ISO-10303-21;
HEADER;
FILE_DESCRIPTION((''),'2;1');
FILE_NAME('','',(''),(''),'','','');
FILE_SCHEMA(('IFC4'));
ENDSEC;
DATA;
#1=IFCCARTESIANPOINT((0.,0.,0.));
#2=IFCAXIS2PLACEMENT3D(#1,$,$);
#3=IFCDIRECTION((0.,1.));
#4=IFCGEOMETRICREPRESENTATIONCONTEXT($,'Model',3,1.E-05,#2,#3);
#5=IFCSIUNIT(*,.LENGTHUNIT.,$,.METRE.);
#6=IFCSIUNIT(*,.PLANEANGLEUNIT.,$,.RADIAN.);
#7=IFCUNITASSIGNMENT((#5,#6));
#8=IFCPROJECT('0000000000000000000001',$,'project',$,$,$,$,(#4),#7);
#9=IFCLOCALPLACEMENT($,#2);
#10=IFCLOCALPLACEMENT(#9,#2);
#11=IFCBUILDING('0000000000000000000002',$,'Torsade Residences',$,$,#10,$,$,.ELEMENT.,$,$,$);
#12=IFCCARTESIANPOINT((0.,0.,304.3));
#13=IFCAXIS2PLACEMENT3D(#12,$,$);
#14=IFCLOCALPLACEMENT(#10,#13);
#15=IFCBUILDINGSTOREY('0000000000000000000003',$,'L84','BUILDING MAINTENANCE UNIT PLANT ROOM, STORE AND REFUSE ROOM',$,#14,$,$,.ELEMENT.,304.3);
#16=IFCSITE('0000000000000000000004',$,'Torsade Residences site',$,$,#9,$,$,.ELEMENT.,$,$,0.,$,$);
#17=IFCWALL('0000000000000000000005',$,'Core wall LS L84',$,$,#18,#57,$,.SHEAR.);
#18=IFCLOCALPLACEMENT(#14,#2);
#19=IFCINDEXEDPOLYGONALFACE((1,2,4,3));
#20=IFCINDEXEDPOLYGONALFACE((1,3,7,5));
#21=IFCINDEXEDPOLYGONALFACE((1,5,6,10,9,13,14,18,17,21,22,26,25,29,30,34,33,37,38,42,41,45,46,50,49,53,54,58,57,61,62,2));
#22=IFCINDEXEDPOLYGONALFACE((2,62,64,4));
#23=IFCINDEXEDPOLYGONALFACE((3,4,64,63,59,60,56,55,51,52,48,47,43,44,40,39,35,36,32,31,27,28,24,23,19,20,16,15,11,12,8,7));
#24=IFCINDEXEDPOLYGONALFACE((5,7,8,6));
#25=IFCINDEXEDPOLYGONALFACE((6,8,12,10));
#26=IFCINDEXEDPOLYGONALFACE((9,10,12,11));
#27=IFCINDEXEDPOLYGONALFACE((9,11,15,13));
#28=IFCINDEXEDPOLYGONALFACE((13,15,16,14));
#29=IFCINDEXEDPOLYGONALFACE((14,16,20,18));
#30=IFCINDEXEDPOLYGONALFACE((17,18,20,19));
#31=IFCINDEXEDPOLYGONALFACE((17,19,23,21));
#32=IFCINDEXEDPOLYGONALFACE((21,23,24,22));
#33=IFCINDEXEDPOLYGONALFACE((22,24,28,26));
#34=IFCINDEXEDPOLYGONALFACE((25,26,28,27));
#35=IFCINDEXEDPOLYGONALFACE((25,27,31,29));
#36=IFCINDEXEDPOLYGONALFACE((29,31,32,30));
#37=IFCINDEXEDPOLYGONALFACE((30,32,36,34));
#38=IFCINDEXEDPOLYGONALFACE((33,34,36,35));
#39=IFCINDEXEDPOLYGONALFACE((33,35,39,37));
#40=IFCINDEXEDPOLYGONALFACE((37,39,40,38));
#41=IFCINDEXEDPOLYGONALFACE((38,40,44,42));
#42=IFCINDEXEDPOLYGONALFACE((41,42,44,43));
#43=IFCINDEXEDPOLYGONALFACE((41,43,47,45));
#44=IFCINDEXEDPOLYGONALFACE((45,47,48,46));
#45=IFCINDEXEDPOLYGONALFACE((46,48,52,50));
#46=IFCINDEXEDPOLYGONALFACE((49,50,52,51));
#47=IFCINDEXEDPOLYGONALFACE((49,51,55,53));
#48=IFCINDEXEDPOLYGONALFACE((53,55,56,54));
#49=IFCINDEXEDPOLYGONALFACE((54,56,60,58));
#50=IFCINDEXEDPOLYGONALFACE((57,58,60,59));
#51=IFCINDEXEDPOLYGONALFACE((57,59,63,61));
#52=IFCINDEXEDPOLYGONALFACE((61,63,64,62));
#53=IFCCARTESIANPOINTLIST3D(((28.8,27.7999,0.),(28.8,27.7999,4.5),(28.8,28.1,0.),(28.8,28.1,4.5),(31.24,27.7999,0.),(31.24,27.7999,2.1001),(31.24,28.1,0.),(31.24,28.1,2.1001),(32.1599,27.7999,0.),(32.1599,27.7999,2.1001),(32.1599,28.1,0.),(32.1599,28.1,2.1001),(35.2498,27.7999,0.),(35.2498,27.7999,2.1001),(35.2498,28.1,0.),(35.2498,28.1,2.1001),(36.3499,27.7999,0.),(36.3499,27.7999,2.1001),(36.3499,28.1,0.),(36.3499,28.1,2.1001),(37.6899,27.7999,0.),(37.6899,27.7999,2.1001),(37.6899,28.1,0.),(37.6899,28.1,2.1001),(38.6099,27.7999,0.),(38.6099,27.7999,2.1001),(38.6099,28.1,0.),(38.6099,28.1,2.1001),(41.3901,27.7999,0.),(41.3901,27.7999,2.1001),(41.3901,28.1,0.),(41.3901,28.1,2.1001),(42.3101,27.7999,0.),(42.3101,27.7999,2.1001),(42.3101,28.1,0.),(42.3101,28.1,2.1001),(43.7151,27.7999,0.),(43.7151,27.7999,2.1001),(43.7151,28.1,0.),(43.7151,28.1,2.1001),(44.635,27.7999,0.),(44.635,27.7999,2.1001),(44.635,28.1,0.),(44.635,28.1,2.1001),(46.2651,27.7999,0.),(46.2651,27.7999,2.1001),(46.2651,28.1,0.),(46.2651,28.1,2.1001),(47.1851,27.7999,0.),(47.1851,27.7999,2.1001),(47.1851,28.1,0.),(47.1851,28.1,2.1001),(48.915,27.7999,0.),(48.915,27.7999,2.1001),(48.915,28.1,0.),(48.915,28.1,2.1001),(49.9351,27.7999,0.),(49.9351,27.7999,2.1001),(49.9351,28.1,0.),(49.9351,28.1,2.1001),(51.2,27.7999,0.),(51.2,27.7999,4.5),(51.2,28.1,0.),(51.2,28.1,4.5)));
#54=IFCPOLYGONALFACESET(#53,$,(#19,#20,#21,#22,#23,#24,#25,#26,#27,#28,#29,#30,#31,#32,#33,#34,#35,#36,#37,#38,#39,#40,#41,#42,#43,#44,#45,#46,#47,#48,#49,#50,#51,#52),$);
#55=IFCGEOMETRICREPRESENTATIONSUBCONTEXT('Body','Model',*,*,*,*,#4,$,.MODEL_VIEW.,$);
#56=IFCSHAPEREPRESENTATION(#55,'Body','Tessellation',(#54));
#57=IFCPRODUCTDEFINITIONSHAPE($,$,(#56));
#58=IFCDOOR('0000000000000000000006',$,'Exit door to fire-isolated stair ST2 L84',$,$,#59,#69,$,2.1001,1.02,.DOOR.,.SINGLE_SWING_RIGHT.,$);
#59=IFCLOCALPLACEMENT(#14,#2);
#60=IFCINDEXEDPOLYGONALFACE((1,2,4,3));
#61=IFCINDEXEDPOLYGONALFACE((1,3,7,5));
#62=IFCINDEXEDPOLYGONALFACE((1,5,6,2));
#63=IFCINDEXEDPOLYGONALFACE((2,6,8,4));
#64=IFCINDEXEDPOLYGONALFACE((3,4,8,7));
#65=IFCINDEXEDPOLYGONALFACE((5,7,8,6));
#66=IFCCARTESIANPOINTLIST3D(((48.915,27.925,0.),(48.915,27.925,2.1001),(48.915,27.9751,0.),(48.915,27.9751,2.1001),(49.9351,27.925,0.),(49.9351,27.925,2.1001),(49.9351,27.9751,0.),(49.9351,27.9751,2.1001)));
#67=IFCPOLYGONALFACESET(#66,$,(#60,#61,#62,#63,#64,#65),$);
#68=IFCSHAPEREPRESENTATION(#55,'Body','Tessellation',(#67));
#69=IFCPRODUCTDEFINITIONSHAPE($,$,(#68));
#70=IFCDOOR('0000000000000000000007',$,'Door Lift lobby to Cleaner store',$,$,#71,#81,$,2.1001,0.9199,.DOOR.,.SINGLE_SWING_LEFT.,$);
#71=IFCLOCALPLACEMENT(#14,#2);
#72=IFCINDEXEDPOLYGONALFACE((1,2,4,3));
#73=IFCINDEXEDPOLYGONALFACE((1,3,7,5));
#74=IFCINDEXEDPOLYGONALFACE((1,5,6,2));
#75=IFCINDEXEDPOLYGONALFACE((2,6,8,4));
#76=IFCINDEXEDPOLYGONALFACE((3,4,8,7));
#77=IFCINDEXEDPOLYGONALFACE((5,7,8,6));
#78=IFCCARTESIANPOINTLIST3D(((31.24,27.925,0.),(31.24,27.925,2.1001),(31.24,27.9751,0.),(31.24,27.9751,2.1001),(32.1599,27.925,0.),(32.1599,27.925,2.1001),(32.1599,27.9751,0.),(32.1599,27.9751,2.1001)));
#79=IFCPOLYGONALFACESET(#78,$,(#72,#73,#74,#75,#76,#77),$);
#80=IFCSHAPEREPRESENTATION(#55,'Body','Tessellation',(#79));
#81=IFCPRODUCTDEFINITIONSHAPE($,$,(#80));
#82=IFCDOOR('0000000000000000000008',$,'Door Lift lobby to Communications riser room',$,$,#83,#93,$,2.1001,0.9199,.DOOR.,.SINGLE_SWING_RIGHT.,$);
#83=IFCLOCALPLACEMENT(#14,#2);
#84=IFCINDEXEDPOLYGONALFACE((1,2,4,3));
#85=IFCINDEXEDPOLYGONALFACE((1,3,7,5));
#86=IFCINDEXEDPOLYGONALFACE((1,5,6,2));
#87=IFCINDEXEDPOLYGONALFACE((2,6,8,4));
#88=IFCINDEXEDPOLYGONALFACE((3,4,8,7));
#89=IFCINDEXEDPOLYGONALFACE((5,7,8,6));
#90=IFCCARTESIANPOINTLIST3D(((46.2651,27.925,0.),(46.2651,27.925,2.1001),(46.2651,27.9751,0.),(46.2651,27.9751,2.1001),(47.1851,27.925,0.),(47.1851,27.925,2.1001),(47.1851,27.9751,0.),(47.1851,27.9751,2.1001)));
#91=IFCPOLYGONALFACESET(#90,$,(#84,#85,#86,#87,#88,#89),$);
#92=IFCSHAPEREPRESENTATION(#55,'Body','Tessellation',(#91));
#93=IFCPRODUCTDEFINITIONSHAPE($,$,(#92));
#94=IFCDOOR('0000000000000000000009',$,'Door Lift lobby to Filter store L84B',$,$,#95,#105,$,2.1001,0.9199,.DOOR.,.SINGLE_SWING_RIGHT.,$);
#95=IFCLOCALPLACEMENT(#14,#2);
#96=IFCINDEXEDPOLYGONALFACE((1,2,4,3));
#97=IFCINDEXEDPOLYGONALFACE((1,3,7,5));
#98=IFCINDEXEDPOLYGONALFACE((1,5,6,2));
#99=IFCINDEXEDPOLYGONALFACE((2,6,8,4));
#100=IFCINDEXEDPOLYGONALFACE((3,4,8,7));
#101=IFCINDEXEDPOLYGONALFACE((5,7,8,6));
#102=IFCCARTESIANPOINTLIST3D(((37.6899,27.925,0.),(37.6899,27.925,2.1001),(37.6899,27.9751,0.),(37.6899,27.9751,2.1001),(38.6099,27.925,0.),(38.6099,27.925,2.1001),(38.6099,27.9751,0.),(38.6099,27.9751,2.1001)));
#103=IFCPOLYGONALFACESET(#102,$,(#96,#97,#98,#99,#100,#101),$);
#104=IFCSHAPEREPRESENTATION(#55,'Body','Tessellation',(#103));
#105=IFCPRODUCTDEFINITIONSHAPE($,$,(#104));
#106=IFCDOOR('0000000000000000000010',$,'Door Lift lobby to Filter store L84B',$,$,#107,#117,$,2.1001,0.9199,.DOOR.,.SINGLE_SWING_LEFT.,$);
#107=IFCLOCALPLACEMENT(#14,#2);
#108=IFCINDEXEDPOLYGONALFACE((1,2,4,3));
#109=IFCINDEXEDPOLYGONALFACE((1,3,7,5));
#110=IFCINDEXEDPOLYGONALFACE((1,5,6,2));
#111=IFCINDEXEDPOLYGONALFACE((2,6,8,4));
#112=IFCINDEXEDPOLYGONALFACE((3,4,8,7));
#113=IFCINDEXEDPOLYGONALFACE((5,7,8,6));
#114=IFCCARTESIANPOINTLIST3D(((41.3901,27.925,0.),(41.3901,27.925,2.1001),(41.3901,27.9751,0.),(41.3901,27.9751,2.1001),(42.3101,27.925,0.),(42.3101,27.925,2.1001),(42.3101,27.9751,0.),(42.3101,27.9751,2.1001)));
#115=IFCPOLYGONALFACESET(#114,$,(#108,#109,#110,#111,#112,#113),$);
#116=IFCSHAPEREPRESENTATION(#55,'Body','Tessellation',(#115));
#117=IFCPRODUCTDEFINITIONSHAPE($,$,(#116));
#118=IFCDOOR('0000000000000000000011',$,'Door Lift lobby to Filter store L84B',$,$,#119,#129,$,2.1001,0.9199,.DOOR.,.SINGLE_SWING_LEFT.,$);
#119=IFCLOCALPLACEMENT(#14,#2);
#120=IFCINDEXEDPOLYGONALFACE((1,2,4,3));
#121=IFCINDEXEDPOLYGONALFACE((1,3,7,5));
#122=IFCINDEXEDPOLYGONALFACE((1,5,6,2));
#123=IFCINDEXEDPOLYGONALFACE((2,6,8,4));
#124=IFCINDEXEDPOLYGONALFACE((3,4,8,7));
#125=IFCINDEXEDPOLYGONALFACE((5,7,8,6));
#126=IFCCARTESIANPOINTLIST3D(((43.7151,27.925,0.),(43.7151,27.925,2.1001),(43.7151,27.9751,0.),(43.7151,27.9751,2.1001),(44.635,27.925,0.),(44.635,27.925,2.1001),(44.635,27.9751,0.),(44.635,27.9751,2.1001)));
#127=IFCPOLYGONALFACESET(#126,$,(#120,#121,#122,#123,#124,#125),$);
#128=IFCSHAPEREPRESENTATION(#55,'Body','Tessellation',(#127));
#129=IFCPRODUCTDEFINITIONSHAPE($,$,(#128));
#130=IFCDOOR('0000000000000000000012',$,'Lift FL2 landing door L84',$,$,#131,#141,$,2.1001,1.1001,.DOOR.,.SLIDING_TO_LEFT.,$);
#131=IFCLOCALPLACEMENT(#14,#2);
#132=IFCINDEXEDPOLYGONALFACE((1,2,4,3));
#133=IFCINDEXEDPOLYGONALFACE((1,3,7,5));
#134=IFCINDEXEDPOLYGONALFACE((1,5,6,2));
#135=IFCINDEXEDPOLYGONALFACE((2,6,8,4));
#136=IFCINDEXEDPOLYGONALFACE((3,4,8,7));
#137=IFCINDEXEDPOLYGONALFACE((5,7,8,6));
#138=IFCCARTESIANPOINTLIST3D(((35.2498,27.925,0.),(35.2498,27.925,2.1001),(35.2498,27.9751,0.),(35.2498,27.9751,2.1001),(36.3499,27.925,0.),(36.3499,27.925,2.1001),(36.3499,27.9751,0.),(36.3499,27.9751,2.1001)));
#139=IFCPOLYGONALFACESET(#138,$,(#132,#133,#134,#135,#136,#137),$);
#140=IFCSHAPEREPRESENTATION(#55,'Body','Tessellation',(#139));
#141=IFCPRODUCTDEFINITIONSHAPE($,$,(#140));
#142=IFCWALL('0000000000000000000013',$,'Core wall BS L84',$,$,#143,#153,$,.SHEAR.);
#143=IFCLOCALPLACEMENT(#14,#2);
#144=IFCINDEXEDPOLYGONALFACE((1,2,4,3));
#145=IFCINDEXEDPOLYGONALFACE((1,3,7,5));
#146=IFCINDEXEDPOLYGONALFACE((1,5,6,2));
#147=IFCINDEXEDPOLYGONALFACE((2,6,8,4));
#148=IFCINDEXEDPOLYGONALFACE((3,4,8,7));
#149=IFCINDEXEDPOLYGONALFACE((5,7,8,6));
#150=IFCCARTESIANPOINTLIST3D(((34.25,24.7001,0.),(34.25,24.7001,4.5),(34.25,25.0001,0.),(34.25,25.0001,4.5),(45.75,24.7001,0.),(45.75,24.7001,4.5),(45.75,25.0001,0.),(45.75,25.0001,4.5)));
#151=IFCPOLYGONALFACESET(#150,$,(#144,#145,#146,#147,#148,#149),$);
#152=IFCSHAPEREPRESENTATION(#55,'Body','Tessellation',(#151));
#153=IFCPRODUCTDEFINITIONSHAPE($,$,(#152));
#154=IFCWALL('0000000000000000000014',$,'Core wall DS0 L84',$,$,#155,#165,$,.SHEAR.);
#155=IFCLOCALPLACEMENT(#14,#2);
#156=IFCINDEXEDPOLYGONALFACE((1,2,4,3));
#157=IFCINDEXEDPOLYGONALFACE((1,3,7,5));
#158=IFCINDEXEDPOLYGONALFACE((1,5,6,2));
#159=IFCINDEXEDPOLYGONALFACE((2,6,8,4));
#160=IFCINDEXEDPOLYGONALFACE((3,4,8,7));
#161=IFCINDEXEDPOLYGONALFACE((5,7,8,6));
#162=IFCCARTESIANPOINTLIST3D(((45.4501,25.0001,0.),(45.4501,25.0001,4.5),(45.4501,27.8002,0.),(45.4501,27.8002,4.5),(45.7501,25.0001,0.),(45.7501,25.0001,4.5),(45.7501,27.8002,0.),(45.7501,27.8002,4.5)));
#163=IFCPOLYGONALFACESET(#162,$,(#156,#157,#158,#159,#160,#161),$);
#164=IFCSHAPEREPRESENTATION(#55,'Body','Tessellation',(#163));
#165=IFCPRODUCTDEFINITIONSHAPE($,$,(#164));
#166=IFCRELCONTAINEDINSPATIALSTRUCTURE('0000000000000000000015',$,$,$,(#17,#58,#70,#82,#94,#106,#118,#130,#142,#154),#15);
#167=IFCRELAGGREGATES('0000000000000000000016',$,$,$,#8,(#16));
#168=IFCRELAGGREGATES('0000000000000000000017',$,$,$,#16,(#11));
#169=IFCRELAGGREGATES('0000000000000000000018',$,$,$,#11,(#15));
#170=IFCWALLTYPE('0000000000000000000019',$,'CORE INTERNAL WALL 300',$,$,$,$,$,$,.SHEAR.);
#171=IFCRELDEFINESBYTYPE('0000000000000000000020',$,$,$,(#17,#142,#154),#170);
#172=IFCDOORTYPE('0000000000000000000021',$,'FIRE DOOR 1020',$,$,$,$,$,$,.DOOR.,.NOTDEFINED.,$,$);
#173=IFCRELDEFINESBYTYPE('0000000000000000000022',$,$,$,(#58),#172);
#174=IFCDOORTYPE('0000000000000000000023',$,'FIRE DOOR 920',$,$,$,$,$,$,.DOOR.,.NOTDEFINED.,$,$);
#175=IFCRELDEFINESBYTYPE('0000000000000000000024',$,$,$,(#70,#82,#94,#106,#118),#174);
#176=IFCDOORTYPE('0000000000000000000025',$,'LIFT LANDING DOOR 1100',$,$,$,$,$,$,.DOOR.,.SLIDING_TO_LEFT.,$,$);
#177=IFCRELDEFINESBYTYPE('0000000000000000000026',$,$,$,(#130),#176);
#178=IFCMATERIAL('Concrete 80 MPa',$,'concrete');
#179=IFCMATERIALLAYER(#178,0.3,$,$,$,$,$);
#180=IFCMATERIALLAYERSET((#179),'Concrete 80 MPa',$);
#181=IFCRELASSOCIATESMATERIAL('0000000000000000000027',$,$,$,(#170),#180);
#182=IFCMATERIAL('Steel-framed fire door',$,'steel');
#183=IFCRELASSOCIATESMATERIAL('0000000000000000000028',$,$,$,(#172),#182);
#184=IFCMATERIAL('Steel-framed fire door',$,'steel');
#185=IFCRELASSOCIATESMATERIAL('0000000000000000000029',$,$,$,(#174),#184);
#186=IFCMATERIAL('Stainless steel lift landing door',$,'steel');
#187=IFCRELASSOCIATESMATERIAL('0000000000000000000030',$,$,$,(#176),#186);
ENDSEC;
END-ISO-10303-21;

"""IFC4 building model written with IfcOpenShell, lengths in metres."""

from ifc_helpers import new_model, si_unit, direction, frame, frame_2d, origin, place, context, subcontext, project, spatial, rectangle, extrude, material, layer, layer_set, type_object, element, fill, save


model = new_model("IFC4")

# Units and contexts
model_context = context("Model", 3, precision=1e-05, world=origin(), true_north=direction((0.0, 1.0)))
body_context = subcontext(model_context, "Body", "Model", "MODEL_VIEW")
ifc_project = project(units=[si_unit("LENGTHUNIT", "METRE"), si_unit("PLANEANGLEUNIT", "RADIAN")], contexts=[model_context])

# Site, building, storey
site_placement = place(None, origin())
site = spatial("IfcSite", under=ifc_project, at=site_placement, Name="Torsade Residences site", CompositionType="ELEMENT", RefElevation=0.0)
building_placement = place(site_placement, origin())
building = spatial("IfcBuilding", under=site, at=building_placement, Name="Torsade Residences", CompositionType="ELEMENT")
storey_placement = place(building_placement, frame((0.0, 0.0, 304.3)))
storey = spatial("IfcBuildingStorey", under=building, at=storey_placement, Name="L84", Description="BUILDING MAINTENANCE UNIT PLANT ROOM, STORE AND REFUSE ROOM", CompositionType="ELEMENT", Elevation=304.3)

# Wall, openings, doors
ifc_material_1 = material(Name="Concrete 80 MPa", Category="concrete")
ifc_layer_1 = layer(ifc_material_1, 0.3)
ifc_layer_set_1 = layer_set([ifc_layer_1], Name="Concrete 80 MPa")
wall_type_1 = type_object("IfcWallType", Name="CORE INTERNAL WALL 300", PredefinedType="SHEAR", material=ifc_layer_set_1)
wall_1_placement = place(storey_placement, frame((51.2, 27.95, 0.0), z_axis=(0.0, 0.0, 1.0), x_axis=(-1.0, 0.0, 0.0)))
wall_1 = element("IfcWall", 1, at=wall_1_placement, inside=storey, type_object=wall_type_1, Name="Core wall LS L84", PredefinedType="SHEAR", context=body_context, shape_type="SweptSolid", body=[
    extrude(rectangle(XDim=22.3999, YDim=0.3, at=frame_2d((11.2, 0.0))), origin(), (0.0, 0.0, 1.0), 4.5),
])
opening_1_placement = place(wall_1_placement, frame((19.04, 0.0, 0.0)))
opening_1 = element("IfcOpeningElement", 2, at=opening_1_placement, cuts=wall_1, PredefinedType="OPENING", context=body_context, shape_type="SweptSolid", body=[
    extrude(rectangle(XDim=0.9199, YDim=2.1001, at=frame_2d((0.46, 1.05))), frame((0.0, 0.1599, 0.0), z_axis=(0.0, -1.0, 0.0), x_axis=(1.0, 0.0, 0.0)), (0.0, 0.0, 1.0), 0.3201),
])
opening_2_placement = place(wall_1_placement, frame((1.2649, 0.0, 0.0)))
opening_2 = element("IfcOpeningElement", 3, at=opening_2_placement, cuts=wall_1, PredefinedType="OPENING", context=body_context, shape_type="SweptSolid", body=[
    extrude(rectangle(XDim=1.02, YDim=2.1001, at=frame_2d((0.51, 1.05))), frame((0.0, 0.1599, 0.0), z_axis=(0.0, -1.0, 0.0), x_axis=(1.0, 0.0, 0.0)), (0.0, 0.0, 1.0), 0.3201),
])
opening_3_placement = place(wall_1_placement, frame((4.0149, 0.0, 0.0)))
opening_3 = element("IfcOpeningElement", 4, at=opening_3_placement, cuts=wall_1, PredefinedType="OPENING", context=body_context, shape_type="SweptSolid", body=[
    extrude(rectangle(XDim=0.9199, YDim=2.1001, at=frame_2d((0.46, 1.05))), frame((0.0, 0.1599, 0.0), z_axis=(0.0, -1.0, 0.0), x_axis=(1.0, 0.0, 0.0)), (0.0, 0.0, 1.0), 0.3201),
])
opening_4_placement = place(wall_1_placement, frame((12.5901, 0.0, 0.0)))
opening_4 = element("IfcOpeningElement", 5, at=opening_4_placement, cuts=wall_1, PredefinedType="OPENING", context=body_context, shape_type="SweptSolid", body=[
    extrude(rectangle(XDim=0.9199, YDim=2.1001, at=frame_2d((0.46, 1.05))), frame((0.0, 0.1599, 0.0), z_axis=(0.0, -1.0, 0.0), x_axis=(1.0, 0.0, 0.0)), (0.0, 0.0, 1.0), 0.3201),
])
opening_5_placement = place(wall_1_placement, frame((8.8899, 0.0, 0.0)))
opening_5 = element("IfcOpeningElement", 6, at=opening_5_placement, cuts=wall_1, PredefinedType="OPENING", context=body_context, shape_type="SweptSolid", body=[
    extrude(rectangle(XDim=0.9199, YDim=2.1001, at=frame_2d((0.46, 1.05))), frame((0.0, 0.1599, 0.0), z_axis=(0.0, -1.0, 0.0), x_axis=(1.0, 0.0, 0.0)), (0.0, 0.0, 1.0), 0.3201),
])
opening_6_placement = place(wall_1_placement, frame((6.5649, 0.0, 0.0)))
opening_6 = element("IfcOpeningElement", 7, at=opening_6_placement, cuts=wall_1, PredefinedType="OPENING", context=body_context, shape_type="SweptSolid", body=[
    extrude(rectangle(XDim=0.9199, YDim=2.1001, at=frame_2d((0.46, 1.05))), frame((0.0, 0.1599, 0.0), z_axis=(0.0, -1.0, 0.0), x_axis=(1.0, 0.0, 0.0)), (0.0, 0.0, 1.0), 0.3201),
])
opening_7_placement = place(wall_1_placement, frame((14.8501, 0.0, 0.0)))
opening_7 = element("IfcOpeningElement", 8, at=opening_7_placement, cuts=wall_1, PredefinedType="OPENING", context=body_context, shape_type="SweptSolid", body=[
    extrude(rectangle(XDim=1.1001, YDim=2.1001, at=frame_2d((0.55, 1.05))), frame((0.0, 0.1599, 0.0), z_axis=(0.0, -1.0, 0.0), x_axis=(1.0, 0.0, 0.0)), (0.0, 0.0, 1.0), 0.3201),
])
ifc_material_2 = material(Name="Steel-framed fire door", Category="steel")
door_type_1 = type_object("IfcDoorType", Name="FIRE DOOR 1020", OperationType="NOTDEFINED", PredefinedType="DOOR", material=ifc_material_2)
door_1_placement = place(opening_2_placement, origin())
door_1 = element("IfcDoor", 9, at=door_1_placement, inside=storey, type_object=door_type_1, Name="Exit door to fire-isolated stair ST2 L84", OperationType="SINGLE_SWING_RIGHT", OverallHeight=2.1001, OverallWidth=1.02, PredefinedType="DOOR", context=body_context, shape_type="SweptSolid", body=[
    extrude(rectangle(XDim=1.02, YDim=2.1001, at=frame_2d((0.51, 1.05))), frame((0.0, 0.0249, 0.0), z_axis=(0.0, -1.0, 0.0), x_axis=(1.0, 0.0, 0.0)), (0.0, 0.0, 1.0), 0.05),
])
fill(opening_2, door_1)
ifc_material_3 = material(Name="Steel-framed fire door", Category="steel")
door_type_2 = type_object("IfcDoorType", Name="FIRE DOOR 920", OperationType="NOTDEFINED", PredefinedType="DOOR", material=ifc_material_3)
door_2_placement = place(opening_1_placement, origin())
door_2 = element("IfcDoor", 10, at=door_2_placement, inside=storey, type_object=door_type_2, Name="Door Lift lobby to Cleaner store", OperationType="SINGLE_SWING_LEFT", OverallHeight=2.1001, OverallWidth=0.9199, PredefinedType="DOOR", context=body_context, shape_type="SweptSolid", body=[
    extrude(rectangle(XDim=0.9199, YDim=2.1001, at=frame_2d((0.46, 1.05))), frame((0.0, 0.0249, 0.0), z_axis=(0.0, -1.0, 0.0), x_axis=(1.0, 0.0, 0.0)), (0.0, 0.0, 1.0), 0.05),
])
fill(opening_1, door_2)
door_3_placement = place(opening_3_placement, origin())
door_3 = element("IfcDoor", 11, at=door_3_placement, inside=storey, type_object=door_type_2, Name="Door Lift lobby to Communications riser room", OperationType="SINGLE_SWING_RIGHT", OverallHeight=2.1001, OverallWidth=0.9199, PredefinedType="DOOR", context=body_context, shape_type="SweptSolid", body=[
    extrude(rectangle(XDim=0.9199, YDim=2.1001, at=frame_2d((0.46, 1.05))), frame((0.0, 0.0249, 0.0), z_axis=(0.0, -1.0, 0.0), x_axis=(1.0, 0.0, 0.0)), (0.0, 0.0, 1.0), 0.05),
])
fill(opening_3, door_3)
door_4_placement = place(opening_4_placement, origin())
door_4 = element("IfcDoor", 12, at=door_4_placement, inside=storey, type_object=door_type_2, Name="Door Lift lobby to Filter store L84B", OperationType="SINGLE_SWING_RIGHT", OverallHeight=2.1001, OverallWidth=0.9199, PredefinedType="DOOR", context=body_context, shape_type="SweptSolid", body=[
    extrude(rectangle(XDim=0.9199, YDim=2.1001, at=frame_2d((0.46, 1.05))), frame((0.0, 0.0249, 0.0), z_axis=(0.0, -1.0, 0.0), x_axis=(1.0, 0.0, 0.0)), (0.0, 0.0, 1.0), 0.05),
])
fill(opening_4, door_4)
door_5_placement = place(opening_5_placement, origin())
door_5 = element("IfcDoor", 13, at=door_5_placement, inside=storey, type_object=door_type_2, Name="Door Lift lobby to Filter store L84B", OperationType="SINGLE_SWING_LEFT", OverallHeight=2.1001, OverallWidth=0.9199, PredefinedType="DOOR", context=body_context, shape_type="SweptSolid", body=[
    extrude(rectangle(XDim=0.9199, YDim=2.1001, at=frame_2d((0.46, 1.05))), frame((0.0, 0.0249, 0.0), z_axis=(0.0, -1.0, 0.0), x_axis=(1.0, 0.0, 0.0)), (0.0, 0.0, 1.0), 0.05),
])
fill(opening_5, door_5)
door_6_placement = place(opening_6_placement, origin())
door_6 = element("IfcDoor", 14, at=door_6_placement, inside=storey, type_object=door_type_2, Name="Door Lift lobby to Filter store L84B", OperationType="SINGLE_SWING_LEFT", OverallHeight=2.1001, OverallWidth=0.9199, PredefinedType="DOOR", context=body_context, shape_type="SweptSolid", body=[
    extrude(rectangle(XDim=0.9199, YDim=2.1001, at=frame_2d((0.46, 1.05))), frame((0.0, 0.0249, 0.0), z_axis=(0.0, -1.0, 0.0), x_axis=(1.0, 0.0, 0.0)), (0.0, 0.0, 1.0), 0.05),
])
fill(opening_6, door_6)
ifc_material_4 = material(Name="Stainless steel lift landing door", Category="steel")
door_type_3 = type_object("IfcDoorType", Name="LIFT LANDING DOOR 1100", OperationType="SLIDING_TO_LEFT", PredefinedType="DOOR", material=ifc_material_4)
door_7_placement = place(opening_7_placement, origin())
door_7 = element("IfcDoor", 15, at=door_7_placement, inside=storey, type_object=door_type_3, Name="Lift FL2 landing door L84", OperationType="SLIDING_TO_LEFT", OverallHeight=2.1001, OverallWidth=1.1001, PredefinedType="DOOR", context=body_context, shape_type="SweptSolid", body=[
    extrude(rectangle(XDim=1.1001, YDim=2.1001, at=frame_2d((0.55, 1.05))), frame((0.0, 0.0249, 0.0), z_axis=(0.0, -1.0, 0.0), x_axis=(1.0, 0.0, 0.0)), (0.0, 0.0, 1.0), 0.05),
])
fill(opening_7, door_7)

# Walls
wall_2_placement = place(storey_placement, frame((45.75, 24.8501, 0.0), z_axis=(0.0, 0.0, 1.0), x_axis=(-1.0, 0.0, 0.0)))
element("IfcWall", 16, at=wall_2_placement, inside=storey, type_object=wall_type_1, Name="Core wall BS L84", PredefinedType="SHEAR", context=body_context, shape_type="SweptSolid", body=[
    extrude(rectangle(XDim=11.5, YDim=0.3, at=frame_2d((5.75, 0.0))), origin(), (0.0, 0.0, 1.0), 4.5),
])
wall_3_placement = place(storey_placement, frame((45.6001, 27.8, 0.0), z_axis=(0.0, 0.0, 1.0), x_axis=(0.0, -1.0, 0.0)))
element("IfcWall", 17, at=wall_3_placement, inside=storey, type_object=wall_type_1, Name="Core wall DS0 L84", PredefinedType="SHEAR", context=body_context, shape_type="SweptSolid", body=[
    extrude(rectangle(XDim=2.8, YDim=0.3, at=frame_2d((1.3999, 0.0))), origin(), (0.0, 0.0, 1.0), 4.5),
])

save(model, "model.ifc")
